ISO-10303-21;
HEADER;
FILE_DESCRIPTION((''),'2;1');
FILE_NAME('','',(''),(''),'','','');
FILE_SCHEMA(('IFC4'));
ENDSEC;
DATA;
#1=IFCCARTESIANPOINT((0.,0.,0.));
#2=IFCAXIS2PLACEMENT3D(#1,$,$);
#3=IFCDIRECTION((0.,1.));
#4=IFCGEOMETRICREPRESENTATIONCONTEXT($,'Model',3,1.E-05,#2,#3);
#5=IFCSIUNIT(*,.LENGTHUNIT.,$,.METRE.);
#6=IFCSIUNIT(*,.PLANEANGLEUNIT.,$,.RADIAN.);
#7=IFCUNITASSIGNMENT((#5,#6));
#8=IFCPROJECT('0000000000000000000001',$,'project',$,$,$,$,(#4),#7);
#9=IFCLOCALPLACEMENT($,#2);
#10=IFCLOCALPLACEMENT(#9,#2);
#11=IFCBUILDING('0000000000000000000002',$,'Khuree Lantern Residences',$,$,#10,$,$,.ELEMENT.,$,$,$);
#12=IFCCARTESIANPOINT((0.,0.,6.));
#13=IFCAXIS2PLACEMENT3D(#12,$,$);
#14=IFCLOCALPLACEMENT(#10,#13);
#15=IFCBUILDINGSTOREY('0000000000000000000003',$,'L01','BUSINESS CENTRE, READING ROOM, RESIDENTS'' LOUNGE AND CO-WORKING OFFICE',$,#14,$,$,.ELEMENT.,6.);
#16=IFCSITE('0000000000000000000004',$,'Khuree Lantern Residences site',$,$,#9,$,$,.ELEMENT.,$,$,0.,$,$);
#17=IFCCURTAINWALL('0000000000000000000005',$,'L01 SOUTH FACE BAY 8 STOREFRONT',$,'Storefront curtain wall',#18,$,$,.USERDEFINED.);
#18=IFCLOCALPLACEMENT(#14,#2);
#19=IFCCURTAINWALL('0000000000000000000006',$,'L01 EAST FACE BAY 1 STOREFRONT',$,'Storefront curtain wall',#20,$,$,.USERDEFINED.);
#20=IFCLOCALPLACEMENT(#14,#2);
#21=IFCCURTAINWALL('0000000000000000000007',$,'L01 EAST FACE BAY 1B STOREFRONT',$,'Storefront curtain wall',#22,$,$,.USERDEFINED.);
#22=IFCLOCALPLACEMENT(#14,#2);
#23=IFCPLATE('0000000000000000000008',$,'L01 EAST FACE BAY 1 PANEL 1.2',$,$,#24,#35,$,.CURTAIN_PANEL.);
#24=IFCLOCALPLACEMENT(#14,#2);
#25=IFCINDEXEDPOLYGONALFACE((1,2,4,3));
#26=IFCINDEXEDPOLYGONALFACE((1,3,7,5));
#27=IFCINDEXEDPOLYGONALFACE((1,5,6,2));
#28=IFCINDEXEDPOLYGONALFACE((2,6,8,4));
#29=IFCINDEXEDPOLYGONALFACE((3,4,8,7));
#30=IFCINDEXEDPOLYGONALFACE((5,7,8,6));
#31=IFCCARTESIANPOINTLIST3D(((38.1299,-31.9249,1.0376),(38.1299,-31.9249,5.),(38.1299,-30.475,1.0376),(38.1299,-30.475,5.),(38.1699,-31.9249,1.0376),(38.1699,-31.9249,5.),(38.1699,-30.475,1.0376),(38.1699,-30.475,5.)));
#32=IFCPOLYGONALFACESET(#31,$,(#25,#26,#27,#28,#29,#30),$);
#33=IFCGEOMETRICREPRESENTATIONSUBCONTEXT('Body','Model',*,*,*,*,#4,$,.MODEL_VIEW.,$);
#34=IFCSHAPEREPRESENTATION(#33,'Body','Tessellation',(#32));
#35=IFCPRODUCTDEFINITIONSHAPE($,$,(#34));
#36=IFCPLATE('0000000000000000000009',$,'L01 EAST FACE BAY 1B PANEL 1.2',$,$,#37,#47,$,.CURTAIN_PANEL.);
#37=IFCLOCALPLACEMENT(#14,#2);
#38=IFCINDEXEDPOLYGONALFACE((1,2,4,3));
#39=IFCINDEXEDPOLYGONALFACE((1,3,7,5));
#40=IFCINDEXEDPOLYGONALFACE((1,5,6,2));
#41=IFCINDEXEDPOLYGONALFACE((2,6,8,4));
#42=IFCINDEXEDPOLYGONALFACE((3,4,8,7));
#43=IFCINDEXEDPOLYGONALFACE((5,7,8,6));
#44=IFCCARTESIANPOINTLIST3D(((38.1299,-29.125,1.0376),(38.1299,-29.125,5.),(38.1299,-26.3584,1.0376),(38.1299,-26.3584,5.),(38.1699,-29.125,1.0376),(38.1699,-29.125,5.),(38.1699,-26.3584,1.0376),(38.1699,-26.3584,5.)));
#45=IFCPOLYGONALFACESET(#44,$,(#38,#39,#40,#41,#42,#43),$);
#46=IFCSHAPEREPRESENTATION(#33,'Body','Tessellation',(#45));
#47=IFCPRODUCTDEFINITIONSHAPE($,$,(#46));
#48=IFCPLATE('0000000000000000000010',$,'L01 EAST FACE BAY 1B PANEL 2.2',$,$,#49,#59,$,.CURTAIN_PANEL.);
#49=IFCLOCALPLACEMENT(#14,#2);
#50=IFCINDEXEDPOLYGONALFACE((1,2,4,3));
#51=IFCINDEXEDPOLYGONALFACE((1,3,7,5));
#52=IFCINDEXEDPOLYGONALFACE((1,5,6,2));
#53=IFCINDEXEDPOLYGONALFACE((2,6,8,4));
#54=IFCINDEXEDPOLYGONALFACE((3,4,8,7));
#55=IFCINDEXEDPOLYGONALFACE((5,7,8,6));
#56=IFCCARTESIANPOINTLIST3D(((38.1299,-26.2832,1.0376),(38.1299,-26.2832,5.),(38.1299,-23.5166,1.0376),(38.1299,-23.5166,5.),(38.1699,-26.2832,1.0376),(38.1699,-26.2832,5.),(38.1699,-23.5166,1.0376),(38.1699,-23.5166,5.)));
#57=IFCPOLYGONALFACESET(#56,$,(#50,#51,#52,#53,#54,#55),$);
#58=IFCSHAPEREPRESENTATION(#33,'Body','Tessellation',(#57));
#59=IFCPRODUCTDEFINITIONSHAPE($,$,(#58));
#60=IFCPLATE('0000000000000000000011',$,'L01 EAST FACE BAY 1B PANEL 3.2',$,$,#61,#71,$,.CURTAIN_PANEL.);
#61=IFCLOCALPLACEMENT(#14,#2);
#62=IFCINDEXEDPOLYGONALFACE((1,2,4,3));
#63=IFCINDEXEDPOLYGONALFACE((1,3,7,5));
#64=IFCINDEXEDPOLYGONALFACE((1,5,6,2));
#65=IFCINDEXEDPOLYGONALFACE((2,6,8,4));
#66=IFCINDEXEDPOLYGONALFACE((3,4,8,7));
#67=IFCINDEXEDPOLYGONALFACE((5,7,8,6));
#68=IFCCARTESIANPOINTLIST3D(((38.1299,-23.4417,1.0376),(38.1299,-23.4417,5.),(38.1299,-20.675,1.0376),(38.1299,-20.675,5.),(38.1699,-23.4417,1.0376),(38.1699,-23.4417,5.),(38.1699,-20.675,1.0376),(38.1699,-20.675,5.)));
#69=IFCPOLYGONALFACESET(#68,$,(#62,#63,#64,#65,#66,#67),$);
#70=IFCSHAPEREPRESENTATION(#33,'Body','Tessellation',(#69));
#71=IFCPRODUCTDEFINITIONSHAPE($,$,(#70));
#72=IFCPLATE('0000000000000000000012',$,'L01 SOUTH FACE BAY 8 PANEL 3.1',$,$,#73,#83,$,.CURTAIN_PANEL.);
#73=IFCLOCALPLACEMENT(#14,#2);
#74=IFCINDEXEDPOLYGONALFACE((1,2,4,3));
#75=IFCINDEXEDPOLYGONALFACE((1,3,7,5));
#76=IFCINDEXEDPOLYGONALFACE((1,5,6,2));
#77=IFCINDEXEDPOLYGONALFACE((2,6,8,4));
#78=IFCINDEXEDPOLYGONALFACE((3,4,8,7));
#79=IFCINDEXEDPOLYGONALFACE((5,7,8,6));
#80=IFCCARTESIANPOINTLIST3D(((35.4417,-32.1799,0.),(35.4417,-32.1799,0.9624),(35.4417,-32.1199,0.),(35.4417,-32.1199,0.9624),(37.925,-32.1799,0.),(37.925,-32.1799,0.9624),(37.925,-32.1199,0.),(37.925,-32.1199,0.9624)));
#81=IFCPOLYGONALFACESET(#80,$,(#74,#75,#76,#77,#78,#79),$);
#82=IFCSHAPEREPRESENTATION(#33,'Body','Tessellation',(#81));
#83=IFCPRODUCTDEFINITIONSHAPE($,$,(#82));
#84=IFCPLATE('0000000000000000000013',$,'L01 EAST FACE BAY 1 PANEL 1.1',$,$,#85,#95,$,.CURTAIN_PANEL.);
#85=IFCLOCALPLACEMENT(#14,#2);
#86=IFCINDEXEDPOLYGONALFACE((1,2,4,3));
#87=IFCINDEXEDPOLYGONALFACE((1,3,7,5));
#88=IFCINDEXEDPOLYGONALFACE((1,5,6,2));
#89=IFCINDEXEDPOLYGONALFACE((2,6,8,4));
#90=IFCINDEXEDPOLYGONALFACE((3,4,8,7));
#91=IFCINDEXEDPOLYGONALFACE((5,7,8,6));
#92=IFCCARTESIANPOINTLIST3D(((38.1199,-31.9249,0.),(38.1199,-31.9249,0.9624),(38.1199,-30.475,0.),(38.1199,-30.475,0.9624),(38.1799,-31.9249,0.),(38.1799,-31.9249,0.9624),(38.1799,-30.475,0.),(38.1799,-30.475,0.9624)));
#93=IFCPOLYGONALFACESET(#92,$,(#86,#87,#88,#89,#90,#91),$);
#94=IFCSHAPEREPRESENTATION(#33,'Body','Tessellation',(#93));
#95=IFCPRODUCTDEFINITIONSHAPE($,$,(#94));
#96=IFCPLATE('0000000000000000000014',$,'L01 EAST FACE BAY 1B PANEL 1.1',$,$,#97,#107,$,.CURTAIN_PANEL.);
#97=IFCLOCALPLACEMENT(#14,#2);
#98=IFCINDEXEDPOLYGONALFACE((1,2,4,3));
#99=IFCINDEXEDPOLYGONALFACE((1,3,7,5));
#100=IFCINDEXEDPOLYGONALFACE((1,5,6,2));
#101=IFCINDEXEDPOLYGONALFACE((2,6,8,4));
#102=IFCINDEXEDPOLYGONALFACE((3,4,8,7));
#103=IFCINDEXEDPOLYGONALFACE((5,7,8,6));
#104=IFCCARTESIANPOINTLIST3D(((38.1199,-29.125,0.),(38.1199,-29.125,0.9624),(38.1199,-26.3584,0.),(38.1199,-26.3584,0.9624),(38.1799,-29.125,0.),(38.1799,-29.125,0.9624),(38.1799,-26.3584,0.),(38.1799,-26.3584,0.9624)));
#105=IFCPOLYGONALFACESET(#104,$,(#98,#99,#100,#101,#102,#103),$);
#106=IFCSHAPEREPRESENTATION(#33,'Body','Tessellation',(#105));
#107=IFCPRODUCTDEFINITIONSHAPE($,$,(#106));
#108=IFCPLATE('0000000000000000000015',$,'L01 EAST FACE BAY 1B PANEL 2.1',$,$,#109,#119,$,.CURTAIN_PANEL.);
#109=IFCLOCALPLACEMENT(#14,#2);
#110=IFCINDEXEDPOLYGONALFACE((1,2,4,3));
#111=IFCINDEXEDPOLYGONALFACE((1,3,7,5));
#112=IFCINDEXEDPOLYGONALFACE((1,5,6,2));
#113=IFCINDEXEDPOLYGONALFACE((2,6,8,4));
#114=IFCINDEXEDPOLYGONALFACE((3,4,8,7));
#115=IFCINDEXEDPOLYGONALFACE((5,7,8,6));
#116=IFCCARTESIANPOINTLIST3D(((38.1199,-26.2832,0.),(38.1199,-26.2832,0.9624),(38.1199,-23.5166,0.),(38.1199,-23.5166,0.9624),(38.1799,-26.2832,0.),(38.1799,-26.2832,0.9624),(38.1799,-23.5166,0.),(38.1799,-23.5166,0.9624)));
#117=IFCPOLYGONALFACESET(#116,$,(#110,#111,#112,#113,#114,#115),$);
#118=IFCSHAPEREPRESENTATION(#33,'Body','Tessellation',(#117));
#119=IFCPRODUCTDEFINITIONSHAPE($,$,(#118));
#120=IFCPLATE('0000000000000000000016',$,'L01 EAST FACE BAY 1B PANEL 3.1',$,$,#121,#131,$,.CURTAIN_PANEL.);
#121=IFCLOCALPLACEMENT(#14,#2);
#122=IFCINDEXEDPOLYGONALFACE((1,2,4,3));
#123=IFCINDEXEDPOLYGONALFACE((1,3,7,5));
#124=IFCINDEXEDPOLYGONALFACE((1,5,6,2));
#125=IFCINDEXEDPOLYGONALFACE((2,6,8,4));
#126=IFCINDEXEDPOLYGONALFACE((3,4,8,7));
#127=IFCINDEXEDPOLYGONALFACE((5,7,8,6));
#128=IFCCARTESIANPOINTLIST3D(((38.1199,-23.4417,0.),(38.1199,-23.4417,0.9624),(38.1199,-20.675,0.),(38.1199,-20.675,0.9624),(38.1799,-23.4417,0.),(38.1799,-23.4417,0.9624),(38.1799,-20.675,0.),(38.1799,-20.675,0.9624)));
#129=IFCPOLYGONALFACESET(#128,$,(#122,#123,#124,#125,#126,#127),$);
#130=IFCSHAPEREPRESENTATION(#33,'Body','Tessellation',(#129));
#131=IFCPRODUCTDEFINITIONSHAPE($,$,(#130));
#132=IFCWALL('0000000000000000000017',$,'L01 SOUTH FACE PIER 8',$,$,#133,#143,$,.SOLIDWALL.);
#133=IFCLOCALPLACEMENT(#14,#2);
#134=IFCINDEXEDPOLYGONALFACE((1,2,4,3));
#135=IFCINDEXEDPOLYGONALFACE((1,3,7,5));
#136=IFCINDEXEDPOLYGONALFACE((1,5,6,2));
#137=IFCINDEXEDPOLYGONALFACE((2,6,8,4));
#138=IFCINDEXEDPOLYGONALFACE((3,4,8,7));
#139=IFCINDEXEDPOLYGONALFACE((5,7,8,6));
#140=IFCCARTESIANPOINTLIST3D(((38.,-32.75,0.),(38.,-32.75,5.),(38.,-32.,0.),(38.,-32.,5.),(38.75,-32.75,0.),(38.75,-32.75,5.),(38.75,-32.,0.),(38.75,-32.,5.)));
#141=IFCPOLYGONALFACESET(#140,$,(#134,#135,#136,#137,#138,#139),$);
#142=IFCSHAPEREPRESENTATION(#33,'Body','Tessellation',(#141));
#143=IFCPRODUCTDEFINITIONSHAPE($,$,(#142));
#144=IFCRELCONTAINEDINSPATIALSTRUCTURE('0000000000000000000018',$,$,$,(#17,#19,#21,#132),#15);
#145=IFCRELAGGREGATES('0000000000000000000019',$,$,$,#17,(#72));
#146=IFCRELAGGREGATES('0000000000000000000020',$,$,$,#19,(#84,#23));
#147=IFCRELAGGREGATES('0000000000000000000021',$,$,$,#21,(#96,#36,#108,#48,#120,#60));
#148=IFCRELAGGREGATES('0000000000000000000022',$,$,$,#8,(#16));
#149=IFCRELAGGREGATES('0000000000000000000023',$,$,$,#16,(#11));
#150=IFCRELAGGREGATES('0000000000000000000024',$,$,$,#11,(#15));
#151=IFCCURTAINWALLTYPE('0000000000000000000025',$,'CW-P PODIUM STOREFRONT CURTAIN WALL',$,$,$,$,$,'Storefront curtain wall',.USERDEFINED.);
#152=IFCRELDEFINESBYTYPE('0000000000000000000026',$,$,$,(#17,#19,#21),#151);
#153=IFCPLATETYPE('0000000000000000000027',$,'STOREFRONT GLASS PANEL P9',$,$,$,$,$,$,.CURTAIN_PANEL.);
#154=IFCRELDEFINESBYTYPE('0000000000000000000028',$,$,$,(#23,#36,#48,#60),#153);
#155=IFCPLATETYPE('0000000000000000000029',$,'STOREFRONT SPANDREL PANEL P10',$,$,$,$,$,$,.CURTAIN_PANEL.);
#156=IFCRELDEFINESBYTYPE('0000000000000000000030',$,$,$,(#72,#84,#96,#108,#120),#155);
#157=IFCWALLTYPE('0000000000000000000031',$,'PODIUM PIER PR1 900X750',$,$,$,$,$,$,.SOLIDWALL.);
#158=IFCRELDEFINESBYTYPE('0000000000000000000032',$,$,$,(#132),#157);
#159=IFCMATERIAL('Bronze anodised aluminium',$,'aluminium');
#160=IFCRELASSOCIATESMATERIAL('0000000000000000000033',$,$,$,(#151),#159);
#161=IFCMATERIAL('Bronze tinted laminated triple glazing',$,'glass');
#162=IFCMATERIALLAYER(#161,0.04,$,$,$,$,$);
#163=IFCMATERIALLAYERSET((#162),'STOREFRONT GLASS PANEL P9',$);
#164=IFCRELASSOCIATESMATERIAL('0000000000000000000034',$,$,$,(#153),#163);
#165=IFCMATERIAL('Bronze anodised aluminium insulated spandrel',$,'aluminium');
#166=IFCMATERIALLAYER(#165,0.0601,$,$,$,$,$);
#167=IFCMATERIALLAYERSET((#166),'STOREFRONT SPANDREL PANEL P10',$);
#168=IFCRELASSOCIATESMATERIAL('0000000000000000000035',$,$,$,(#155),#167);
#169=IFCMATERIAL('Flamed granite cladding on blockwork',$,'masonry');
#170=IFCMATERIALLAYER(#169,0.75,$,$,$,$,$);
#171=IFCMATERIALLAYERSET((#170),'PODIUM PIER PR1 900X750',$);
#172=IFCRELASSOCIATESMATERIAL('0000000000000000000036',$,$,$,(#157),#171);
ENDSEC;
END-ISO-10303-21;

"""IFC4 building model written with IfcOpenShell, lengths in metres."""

from ifc_helpers import new_model, si_unit, direction, frame, frame_2d, origin, origin_2d, place, context, subcontext, project, spatial, rectangle, extrude, material, layer, layer_set, type_object, element, aggregate, save


model = new_model("IFC4")

# Units and contexts
model_context = context("Model", 3, precision=1e-05, world=origin(), true_north=direction((0.0, 1.0)))
body_context = subcontext(model_context, "Body", "Model", "MODEL_VIEW")
ifc_project = project(units=[si_unit("LENGTHUNIT", "METRE"), si_unit("PLANEANGLEUNIT", "RADIAN")], contexts=[model_context])

# Site, building, storey
site_placement = place(None, origin())
site = spatial("IfcSite", under=ifc_project, at=site_placement, Name="Khuree Lantern Residences site", CompositionType="ELEMENT", RefElevation=0.0)
building_placement = place(site_placement, origin())
building = spatial("IfcBuilding", under=site, at=building_placement, Name="Khuree Lantern Residences", CompositionType="ELEMENT")
storey_placement = place(building_placement, frame((0.0, 0.0, 6.0)))
storey = spatial("IfcBuildingStorey", under=building, at=storey_placement, Name="L01", Description="BUSINESS CENTRE, READING ROOM, RESIDENTS' LOUNGE AND CO-WORKING OFFICE", CompositionType="ELEMENT", Elevation=6.0)

# Curtain wall
ifc_material_1 = material(Name="Bronze anodised aluminium", Category="aluminium")
curtain_wall_type = type_object("IfcCurtainWallType", Name="CW-P PODIUM STOREFRONT CURTAIN WALL", ElementType="Storefront curtain wall", PredefinedType="USERDEFINED", material=ifc_material_1)
curtain_wall_1_placement = place(storey_placement, origin())
curtain_wall_1 = element("IfcCurtainWall", 1, at=curtain_wall_1_placement, inside=storey, type_object=curtain_wall_type, Name="L01 SOUTH FACE BAY 8 STOREFRONT", ObjectType="Storefront curtain wall", PredefinedType="USERDEFINED")

# Curtain walls
curtain_wall_2_placement = place(storey_placement, origin())
curtain_wall_2 = element("IfcCurtainWall", 2, at=curtain_wall_2_placement, inside=storey, type_object=curtain_wall_type, Name="L01 EAST FACE BAY 1 STOREFRONT", ObjectType="Storefront curtain wall", PredefinedType="USERDEFINED")
curtain_wall_3_placement = place(storey_placement, origin())
curtain_wall_3 = element("IfcCurtainWall", 3, at=curtain_wall_3_placement, inside=storey, type_object=curtain_wall_type, Name="L01 EAST FACE BAY 1B STOREFRONT", ObjectType="Storefront curtain wall", PredefinedType="USERDEFINED")

# Plates
ifc_material_2 = material(Name="Bronze tinted laminated triple glazing", Category="glass")
ifc_layer_1 = layer(ifc_material_2, 0.04)
ifc_layer_set_1 = layer_set([ifc_layer_1], Name="STOREFRONT GLASS PANEL P9")
plate_type_1 = type_object("IfcPlateType", Name="STOREFRONT GLASS PANEL P9", PredefinedType="CURTAIN_PANEL", material=ifc_layer_set_1)
plate_1_placement = place(storey_placement, frame((38.1499, -31.2, 1.0376), z_axis=(0.0, 0.0, 1.0), x_axis=(0.0, 1.0, 0.0)))
plate_1 = element("IfcPlate", 4, at=plate_1_placement, type_object=plate_type_1, Name="L01 EAST FACE BAY 1 PANEL 1.2", PredefinedType="CURTAIN_PANEL", context=body_context, shape_type="SweptSolid", body=[
    extrude(rectangle(XDim=1.45, YDim=0.04, at=origin_2d()), origin(), (0.0, 0.0, 1.0), 3.9624),
])
plate_2_placement = place(storey_placement, frame((38.1499, -27.7417, 1.0376), z_axis=(0.0, 0.0, 1.0), x_axis=(0.0, 1.0, 0.0)))
plate_2 = element("IfcPlate", 5, at=plate_2_placement, type_object=plate_type_1, Name="L01 EAST FACE BAY 1B PANEL 1.2", PredefinedType="CURTAIN_PANEL", context=body_context, shape_type="SweptSolid", body=[
    extrude(rectangle(XDim=2.7666, YDim=0.04, at=origin_2d()), origin(), (0.0, 0.0, 1.0), 3.9624),
])
plate_3_placement = place(storey_placement, frame((38.1499, -24.8999, 1.0376), z_axis=(0.0, 0.0, 1.0), x_axis=(0.0, 1.0, 0.0)))
plate_3 = element("IfcPlate", 6, at=plate_3_placement, type_object=plate_type_1, Name="L01 EAST FACE BAY 1B PANEL 2.2", PredefinedType="CURTAIN_PANEL", context=body_context, shape_type="SweptSolid", body=[
    extrude(rectangle(XDim=2.7666, YDim=0.04, at=origin_2d()), origin(), (0.0, 0.0, 1.0), 3.9624),
])
plate_4_placement = place(storey_placement, frame((38.1499, -22.0583, 1.0376), z_axis=(0.0, 0.0, 1.0), x_axis=(0.0, 1.0, 0.0)))
plate_4 = element("IfcPlate", 7, at=plate_4_placement, type_object=plate_type_1, Name="L01 EAST FACE BAY 1B PANEL 3.2", PredefinedType="CURTAIN_PANEL", context=body_context, shape_type="SweptSolid", body=[
    extrude(rectangle(XDim=2.7666, YDim=0.04, at=origin_2d()), origin(), (0.0, 0.0, 1.0), 3.9624),
])
ifc_material_3 = material(Name="Bronze anodised aluminium insulated spandrel", Category="aluminium")
ifc_layer_2 = layer(ifc_material_3, 0.0601)
ifc_layer_set_2 = layer_set([ifc_layer_2], Name="STOREFRONT SPANDREL PANEL P10")
plate_type_2 = type_object("IfcPlateType", Name="STOREFRONT SPANDREL PANEL P10", PredefinedType="CURTAIN_PANEL", material=ifc_layer_set_2)
plate_5_placement = place(storey_placement, frame((36.6833, -32.1499, 0.0), z_axis=(0.0, 0.0, 1.0), x_axis=(1.0, 0.0, 0.0)))
plate_5 = element("IfcPlate", 8, at=plate_5_placement, type_object=plate_type_2, Name="L01 SOUTH FACE BAY 8 PANEL 3.1", PredefinedType="CURTAIN_PANEL", context=body_context, shape_type="SweptSolid", body=[
    extrude(rectangle(XDim=2.4834, YDim=0.0601, at=origin_2d()), origin(), (0.0, 0.0, 1.0), 0.9624),
])
aggregate(curtain_wall_1, [plate_5])
plate_6_placement = place(storey_placement, frame((38.1499, -31.2, 0.0), z_axis=(0.0, 0.0, 1.0), x_axis=(0.0, 1.0, 0.0)))
plate_6 = element("IfcPlate", 9, at=plate_6_placement, type_object=plate_type_2, Name="L01 EAST FACE BAY 1 PANEL 1.1", PredefinedType="CURTAIN_PANEL", context=body_context, shape_type="SweptSolid", body=[
    extrude(rectangle(XDim=1.45, YDim=0.0601, at=origin_2d()), origin(), (0.0, 0.0, 1.0), 0.9624),
])
aggregate(curtain_wall_2, [plate_6, plate_1])
plate_7_placement = place(storey_placement, frame((38.1499, -27.7417, 0.0), z_axis=(0.0, 0.0, 1.0), x_axis=(0.0, 1.0, 0.0)))
plate_7 = element("IfcPlate", 10, at=plate_7_placement, type_object=plate_type_2, Name="L01 EAST FACE BAY 1B PANEL 1.1", PredefinedType="CURTAIN_PANEL", context=body_context, shape_type="SweptSolid", body=[
    extrude(rectangle(XDim=2.7666, YDim=0.0601, at=origin_2d()), origin(), (0.0, 0.0, 1.0), 0.9624),
])
plate_8_placement = place(storey_placement, frame((38.1499, -24.8999, 0.0), z_axis=(0.0, 0.0, 1.0), x_axis=(0.0, 1.0, 0.0)))
plate_8 = element("IfcPlate", 11, at=plate_8_placement, type_object=plate_type_2, Name="L01 EAST FACE BAY 1B PANEL 2.1", PredefinedType="CURTAIN_PANEL", context=body_context, shape_type="SweptSolid", body=[
    extrude(rectangle(XDim=2.7666, YDim=0.0601, at=origin_2d()), origin(), (0.0, 0.0, 1.0), 0.9624),
])
plate_9_placement = place(storey_placement, frame((38.1499, -22.0583, 0.0), z_axis=(0.0, 0.0, 1.0), x_axis=(0.0, 1.0, 0.0)))
plate_9 = element("IfcPlate", 12, at=plate_9_placement, type_object=plate_type_2, Name="L01 EAST FACE BAY 1B PANEL 3.1", PredefinedType="CURTAIN_PANEL", context=body_context, shape_type="SweptSolid", body=[
    extrude(rectangle(XDim=2.7666, YDim=0.0601, at=origin_2d()), origin(), (0.0, 0.0, 1.0), 0.9624),
])
aggregate(curtain_wall_3, [plate_7, plate_2, plate_8, plate_3, plate_9, plate_4])

# Wall
ifc_material_4 = material(Name="Flamed granite cladding on blockwork", Category="masonry")
ifc_layer_3 = layer(ifc_material_4, 0.75)
ifc_layer_set_3 = layer_set([ifc_layer_3], Name="PODIUM PIER PR1 900X750")
wall_type = type_object("IfcWallType", Name="PODIUM PIER PR1 900X750", PredefinedType="SOLIDWALL", material=ifc_layer_set_3)
wall_placement = place(storey_placement, frame((38.0, -32.375, 0.0), z_axis=(0.0, 0.0, 1.0), x_axis=(1.0, 0.0, 0.0)))
element("IfcWall", 13, at=wall_placement, inside=storey, type_object=wall_type, Name="L01 SOUTH FACE PIER 8", PredefinedType="SOLIDWALL", context=body_context, shape_type="SweptSolid", body=[
    extrude(rectangle(XDim=0.75, YDim=0.75, at=frame_2d((0.375, 0.0))), origin(), (0.0, 0.0, 1.0), 5.0),
])

save(model, "model.ifc")
